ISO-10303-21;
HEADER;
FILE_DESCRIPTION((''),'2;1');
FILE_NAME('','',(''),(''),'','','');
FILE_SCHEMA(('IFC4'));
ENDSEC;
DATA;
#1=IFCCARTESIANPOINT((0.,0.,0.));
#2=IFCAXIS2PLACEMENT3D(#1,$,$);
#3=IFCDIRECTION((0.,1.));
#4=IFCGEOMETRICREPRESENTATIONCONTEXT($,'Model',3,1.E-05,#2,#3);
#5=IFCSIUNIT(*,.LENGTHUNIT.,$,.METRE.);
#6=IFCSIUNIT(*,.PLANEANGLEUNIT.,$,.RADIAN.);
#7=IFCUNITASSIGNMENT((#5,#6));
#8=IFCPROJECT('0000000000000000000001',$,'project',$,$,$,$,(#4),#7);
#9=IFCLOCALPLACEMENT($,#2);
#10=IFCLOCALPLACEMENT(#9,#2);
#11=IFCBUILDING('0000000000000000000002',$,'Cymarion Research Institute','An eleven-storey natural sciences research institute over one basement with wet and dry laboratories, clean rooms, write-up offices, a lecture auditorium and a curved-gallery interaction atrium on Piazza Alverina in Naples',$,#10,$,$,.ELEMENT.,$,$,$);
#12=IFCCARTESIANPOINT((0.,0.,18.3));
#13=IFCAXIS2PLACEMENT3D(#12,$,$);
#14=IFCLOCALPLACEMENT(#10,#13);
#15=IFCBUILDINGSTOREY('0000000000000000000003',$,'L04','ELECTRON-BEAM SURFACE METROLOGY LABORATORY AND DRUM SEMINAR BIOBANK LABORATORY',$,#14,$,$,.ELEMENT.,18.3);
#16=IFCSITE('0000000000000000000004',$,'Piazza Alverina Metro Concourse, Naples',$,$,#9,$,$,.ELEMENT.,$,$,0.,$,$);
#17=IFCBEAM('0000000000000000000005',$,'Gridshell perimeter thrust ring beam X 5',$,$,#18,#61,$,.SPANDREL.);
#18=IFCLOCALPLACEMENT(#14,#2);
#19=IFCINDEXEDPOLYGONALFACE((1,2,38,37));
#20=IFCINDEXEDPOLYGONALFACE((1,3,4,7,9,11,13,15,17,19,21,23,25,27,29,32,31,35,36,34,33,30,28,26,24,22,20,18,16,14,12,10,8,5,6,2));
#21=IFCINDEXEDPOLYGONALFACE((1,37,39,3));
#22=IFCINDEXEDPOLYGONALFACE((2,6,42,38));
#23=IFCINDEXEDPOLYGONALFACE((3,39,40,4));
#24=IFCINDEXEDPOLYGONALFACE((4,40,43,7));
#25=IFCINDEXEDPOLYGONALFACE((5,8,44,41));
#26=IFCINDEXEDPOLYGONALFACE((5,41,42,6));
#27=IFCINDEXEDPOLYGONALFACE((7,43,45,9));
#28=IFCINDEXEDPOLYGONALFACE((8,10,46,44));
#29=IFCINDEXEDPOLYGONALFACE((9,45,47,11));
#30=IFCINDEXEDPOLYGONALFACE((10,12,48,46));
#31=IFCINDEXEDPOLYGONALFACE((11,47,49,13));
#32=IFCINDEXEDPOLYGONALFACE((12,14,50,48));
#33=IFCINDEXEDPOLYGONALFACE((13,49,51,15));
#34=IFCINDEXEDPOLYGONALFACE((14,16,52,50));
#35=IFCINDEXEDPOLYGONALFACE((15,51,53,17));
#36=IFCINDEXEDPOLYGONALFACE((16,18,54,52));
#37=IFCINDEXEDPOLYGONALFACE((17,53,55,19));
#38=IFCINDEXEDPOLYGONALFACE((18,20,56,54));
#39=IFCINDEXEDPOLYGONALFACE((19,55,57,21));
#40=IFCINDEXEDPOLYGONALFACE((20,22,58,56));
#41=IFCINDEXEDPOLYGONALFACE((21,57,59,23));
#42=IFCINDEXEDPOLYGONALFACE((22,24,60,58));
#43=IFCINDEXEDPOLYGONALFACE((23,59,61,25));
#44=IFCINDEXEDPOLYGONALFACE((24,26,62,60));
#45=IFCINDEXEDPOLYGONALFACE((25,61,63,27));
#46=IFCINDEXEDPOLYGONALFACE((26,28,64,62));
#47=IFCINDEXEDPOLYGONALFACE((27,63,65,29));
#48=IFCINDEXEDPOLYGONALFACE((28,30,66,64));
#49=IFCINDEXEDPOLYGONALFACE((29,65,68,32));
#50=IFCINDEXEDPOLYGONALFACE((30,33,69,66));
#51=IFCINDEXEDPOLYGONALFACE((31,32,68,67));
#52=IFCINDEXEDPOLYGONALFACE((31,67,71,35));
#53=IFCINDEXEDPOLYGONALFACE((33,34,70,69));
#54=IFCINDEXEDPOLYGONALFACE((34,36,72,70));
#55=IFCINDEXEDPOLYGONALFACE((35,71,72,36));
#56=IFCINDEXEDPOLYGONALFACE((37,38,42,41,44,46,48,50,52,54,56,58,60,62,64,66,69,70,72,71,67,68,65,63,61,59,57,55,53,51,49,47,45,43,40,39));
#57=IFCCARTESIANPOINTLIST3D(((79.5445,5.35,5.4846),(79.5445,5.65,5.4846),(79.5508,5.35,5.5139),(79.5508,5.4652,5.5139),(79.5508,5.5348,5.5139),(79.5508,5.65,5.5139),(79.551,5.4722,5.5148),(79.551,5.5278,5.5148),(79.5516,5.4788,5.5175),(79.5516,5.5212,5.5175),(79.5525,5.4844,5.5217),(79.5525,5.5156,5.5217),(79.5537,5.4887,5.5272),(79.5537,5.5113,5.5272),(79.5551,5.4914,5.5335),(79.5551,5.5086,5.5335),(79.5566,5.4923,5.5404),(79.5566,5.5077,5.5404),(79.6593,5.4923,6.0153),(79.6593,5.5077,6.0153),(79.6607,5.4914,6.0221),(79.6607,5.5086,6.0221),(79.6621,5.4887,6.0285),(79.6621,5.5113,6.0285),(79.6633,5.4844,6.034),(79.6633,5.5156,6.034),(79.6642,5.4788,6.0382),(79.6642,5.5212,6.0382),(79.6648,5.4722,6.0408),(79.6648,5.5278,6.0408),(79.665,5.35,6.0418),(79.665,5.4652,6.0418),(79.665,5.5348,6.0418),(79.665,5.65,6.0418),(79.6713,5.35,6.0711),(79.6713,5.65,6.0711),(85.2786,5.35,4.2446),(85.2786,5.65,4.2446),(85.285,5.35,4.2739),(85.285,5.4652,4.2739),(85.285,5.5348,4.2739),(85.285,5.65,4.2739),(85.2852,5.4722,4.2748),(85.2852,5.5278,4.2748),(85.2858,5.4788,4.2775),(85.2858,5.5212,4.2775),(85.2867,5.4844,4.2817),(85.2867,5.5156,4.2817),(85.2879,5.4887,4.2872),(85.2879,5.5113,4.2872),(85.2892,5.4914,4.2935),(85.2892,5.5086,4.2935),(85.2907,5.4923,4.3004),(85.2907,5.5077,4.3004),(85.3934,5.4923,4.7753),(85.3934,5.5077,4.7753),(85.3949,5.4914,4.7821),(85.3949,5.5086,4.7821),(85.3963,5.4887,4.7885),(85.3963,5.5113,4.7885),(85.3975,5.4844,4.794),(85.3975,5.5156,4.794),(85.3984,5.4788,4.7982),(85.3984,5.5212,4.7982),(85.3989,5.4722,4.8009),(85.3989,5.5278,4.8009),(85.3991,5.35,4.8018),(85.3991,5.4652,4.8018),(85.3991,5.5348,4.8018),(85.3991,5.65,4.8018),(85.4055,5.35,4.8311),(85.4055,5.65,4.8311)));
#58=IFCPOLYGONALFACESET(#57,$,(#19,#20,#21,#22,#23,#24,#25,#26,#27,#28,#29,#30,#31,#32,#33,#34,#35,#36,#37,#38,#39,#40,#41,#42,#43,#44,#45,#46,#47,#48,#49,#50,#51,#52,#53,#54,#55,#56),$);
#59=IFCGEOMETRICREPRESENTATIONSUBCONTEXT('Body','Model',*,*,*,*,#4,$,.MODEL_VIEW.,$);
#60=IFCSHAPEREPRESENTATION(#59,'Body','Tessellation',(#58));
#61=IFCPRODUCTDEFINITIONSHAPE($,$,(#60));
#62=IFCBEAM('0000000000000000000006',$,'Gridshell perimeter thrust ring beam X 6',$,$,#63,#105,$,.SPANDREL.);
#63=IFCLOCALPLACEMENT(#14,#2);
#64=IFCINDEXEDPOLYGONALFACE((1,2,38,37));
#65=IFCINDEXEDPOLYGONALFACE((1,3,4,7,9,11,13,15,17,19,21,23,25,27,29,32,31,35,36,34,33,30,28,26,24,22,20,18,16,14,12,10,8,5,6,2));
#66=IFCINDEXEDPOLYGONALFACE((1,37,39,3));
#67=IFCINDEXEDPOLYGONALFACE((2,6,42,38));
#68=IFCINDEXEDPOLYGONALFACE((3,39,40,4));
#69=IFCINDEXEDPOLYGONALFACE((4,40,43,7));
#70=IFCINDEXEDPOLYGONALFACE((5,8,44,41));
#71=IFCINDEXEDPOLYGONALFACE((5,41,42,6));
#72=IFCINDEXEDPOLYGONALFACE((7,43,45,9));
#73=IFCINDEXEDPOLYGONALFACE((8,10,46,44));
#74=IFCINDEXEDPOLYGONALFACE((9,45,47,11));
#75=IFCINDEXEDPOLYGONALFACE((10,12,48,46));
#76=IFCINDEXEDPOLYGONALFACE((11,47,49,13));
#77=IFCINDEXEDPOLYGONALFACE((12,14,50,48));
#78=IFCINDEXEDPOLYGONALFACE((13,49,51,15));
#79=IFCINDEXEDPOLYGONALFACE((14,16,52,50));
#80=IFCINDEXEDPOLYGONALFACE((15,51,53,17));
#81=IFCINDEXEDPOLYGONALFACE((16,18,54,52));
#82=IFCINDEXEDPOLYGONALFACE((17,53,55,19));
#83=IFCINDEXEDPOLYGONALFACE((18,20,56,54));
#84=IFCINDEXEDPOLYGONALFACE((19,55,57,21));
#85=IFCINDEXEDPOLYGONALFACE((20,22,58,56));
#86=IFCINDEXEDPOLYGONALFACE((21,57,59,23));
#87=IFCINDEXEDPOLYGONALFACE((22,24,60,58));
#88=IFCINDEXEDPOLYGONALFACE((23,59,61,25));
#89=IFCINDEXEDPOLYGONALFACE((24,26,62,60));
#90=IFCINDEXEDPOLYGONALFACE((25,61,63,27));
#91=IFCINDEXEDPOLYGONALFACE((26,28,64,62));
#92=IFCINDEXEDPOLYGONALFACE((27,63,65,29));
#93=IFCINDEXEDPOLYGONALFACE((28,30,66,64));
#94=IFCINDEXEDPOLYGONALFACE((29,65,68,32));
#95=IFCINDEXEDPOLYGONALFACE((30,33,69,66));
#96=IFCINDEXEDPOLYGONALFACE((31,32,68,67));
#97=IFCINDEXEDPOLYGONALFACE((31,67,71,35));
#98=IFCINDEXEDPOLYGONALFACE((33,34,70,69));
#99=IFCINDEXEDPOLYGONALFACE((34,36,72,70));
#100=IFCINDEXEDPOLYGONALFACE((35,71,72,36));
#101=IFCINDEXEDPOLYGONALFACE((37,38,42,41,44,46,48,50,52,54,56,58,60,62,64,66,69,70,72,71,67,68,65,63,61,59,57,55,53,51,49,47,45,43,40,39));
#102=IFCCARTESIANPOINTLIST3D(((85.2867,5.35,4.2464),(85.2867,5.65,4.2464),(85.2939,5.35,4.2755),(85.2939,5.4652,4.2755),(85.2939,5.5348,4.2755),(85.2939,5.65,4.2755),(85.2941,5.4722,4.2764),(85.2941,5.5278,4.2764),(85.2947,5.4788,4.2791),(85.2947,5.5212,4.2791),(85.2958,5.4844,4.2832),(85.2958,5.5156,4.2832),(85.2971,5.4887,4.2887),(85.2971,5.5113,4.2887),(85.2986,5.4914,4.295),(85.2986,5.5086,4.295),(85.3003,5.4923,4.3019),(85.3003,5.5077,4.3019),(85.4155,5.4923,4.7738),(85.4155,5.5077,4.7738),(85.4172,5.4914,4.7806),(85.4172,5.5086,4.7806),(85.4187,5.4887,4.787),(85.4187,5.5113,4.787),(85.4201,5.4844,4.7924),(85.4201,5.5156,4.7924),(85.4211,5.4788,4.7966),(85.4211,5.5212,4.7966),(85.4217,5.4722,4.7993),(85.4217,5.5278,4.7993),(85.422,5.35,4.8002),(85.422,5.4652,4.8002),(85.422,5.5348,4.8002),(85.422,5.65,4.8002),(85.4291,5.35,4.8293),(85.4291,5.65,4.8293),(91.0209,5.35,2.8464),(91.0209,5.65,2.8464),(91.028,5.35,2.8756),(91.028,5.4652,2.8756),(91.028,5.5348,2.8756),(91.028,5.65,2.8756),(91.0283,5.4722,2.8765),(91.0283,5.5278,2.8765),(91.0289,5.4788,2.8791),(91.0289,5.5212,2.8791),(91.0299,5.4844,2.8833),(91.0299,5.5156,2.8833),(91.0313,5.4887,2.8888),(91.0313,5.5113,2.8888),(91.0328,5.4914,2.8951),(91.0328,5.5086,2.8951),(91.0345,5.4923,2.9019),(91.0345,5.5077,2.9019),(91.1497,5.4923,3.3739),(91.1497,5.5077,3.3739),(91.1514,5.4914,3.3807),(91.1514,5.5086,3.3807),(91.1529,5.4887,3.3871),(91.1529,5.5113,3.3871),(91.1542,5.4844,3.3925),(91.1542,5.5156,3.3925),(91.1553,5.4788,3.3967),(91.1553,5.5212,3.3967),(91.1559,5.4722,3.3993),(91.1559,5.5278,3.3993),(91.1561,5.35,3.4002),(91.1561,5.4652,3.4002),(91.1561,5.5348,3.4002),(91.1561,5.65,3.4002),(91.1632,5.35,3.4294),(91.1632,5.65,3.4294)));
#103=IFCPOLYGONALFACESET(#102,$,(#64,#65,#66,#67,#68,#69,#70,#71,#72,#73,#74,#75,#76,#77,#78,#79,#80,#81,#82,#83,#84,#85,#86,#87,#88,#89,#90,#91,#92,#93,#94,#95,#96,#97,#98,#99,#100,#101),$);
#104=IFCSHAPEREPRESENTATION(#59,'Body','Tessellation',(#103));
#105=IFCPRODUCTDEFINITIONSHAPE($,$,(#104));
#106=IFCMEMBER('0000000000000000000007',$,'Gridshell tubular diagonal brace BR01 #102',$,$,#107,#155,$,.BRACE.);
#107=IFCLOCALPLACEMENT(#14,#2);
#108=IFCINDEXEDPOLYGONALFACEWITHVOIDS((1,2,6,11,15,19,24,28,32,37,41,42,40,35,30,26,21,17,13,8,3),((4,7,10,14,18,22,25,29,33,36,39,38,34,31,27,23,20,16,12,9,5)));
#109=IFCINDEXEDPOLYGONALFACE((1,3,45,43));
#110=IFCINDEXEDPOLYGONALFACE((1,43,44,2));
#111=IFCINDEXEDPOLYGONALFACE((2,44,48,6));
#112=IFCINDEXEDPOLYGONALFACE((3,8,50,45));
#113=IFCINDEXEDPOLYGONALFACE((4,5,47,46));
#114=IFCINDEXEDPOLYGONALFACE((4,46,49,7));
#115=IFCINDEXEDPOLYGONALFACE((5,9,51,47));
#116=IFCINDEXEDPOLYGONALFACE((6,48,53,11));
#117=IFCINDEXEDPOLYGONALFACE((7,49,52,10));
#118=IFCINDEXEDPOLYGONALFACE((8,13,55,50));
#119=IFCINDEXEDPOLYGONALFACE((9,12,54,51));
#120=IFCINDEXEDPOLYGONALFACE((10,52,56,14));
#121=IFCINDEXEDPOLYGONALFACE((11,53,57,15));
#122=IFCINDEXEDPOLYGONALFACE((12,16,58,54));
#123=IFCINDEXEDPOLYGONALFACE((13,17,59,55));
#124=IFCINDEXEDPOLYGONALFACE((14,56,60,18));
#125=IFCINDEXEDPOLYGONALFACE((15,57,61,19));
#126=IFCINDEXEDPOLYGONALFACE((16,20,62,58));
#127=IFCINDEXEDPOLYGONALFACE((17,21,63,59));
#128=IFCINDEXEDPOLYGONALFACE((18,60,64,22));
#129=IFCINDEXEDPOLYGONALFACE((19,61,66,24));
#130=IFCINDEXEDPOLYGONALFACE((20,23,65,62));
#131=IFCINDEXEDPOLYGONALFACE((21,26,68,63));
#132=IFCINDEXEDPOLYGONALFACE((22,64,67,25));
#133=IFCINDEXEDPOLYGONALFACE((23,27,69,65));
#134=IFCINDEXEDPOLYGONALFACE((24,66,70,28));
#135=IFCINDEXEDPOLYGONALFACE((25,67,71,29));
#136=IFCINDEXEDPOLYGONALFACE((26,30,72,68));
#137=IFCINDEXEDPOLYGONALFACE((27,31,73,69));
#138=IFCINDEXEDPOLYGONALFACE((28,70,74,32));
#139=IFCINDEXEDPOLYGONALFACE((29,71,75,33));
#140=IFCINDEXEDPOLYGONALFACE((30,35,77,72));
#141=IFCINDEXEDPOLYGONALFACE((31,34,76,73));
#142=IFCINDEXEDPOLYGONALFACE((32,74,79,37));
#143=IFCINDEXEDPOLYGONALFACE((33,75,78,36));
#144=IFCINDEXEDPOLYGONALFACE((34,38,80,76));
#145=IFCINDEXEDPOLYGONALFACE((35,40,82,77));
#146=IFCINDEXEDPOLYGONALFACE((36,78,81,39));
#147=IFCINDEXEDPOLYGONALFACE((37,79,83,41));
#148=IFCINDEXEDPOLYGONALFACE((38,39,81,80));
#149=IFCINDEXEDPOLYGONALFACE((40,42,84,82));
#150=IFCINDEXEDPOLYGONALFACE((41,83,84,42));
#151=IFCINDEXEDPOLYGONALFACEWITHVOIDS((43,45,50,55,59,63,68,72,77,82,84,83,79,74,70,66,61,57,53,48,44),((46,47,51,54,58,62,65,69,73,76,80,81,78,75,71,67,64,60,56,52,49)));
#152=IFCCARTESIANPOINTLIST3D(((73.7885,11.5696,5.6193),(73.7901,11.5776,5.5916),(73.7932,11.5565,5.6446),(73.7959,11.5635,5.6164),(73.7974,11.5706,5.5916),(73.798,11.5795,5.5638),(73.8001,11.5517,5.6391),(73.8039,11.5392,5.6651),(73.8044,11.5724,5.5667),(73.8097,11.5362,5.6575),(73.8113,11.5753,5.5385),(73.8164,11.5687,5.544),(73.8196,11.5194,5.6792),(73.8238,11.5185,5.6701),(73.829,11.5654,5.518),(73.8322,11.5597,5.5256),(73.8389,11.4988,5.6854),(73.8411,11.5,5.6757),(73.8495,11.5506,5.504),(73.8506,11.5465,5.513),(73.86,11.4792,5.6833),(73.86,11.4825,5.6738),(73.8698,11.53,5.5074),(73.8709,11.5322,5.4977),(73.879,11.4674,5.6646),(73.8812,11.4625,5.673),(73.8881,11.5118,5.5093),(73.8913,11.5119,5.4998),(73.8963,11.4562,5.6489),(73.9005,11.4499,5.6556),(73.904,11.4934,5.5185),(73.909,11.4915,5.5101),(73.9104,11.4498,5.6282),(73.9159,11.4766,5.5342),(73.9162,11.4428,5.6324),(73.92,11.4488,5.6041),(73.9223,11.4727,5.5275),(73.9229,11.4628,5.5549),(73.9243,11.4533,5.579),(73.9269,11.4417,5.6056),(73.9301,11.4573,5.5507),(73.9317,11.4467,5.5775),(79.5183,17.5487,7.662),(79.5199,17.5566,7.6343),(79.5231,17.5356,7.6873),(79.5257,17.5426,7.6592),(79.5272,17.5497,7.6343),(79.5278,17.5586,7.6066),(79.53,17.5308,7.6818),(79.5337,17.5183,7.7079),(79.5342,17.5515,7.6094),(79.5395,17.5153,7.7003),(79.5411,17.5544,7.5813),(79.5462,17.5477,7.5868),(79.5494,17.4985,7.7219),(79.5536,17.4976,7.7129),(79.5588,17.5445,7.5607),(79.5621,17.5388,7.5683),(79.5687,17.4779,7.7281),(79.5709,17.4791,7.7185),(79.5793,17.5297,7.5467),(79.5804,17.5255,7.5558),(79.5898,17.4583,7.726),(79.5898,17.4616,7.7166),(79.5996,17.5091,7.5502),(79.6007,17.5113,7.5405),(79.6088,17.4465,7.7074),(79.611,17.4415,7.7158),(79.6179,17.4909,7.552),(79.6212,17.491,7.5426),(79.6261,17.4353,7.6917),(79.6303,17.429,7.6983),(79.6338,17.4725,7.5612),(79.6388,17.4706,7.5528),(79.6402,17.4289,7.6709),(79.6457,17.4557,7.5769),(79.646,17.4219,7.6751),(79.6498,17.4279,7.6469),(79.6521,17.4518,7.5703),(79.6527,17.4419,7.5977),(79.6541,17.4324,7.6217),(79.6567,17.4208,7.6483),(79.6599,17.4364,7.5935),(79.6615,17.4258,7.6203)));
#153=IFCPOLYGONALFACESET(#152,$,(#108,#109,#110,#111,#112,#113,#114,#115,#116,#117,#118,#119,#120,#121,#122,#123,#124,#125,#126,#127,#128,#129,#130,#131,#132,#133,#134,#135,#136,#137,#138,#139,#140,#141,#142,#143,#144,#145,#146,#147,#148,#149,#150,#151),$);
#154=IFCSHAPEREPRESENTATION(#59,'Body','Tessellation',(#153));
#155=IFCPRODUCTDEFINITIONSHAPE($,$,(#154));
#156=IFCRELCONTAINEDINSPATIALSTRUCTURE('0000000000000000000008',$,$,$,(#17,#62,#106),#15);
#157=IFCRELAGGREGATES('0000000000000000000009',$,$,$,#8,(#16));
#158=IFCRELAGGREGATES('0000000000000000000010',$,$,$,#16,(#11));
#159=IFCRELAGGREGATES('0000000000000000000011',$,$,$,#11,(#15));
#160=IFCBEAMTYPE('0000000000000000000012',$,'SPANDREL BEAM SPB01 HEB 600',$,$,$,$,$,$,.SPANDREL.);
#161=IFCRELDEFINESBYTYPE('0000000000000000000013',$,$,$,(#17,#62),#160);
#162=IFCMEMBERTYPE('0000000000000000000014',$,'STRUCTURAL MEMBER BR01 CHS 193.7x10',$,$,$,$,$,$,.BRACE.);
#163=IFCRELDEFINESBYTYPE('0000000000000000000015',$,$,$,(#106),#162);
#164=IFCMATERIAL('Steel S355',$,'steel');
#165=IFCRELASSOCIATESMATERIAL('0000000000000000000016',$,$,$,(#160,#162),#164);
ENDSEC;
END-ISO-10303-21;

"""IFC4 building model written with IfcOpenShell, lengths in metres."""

from ifc_helpers import new_model, si_unit, direction, frame, origin, origin_2d, place, context, subcontext, project, spatial, hollow_circle, i_section, extrude, material, material_profile, profile_set, type_object, element, save


model = new_model("IFC4")

# Units and contexts
model_context = context("Model", 3, precision=1e-05, world=origin(), true_north=direction((0.0, 1.0)))
body_context = subcontext(model_context, "Body", "Model", "MODEL_VIEW")
ifc_project = project(units=[si_unit("LENGTHUNIT", "METRE"), si_unit("PLANEANGLEUNIT", "RADIAN")], contexts=[model_context])

# Site, building, storey
site_placement = place(None, origin())
site = spatial("IfcSite", under=ifc_project, at=site_placement, Name="Piazza Alverina Metro Concourse, Naples", CompositionType="ELEMENT", RefElevation=0.0)
building_placement = place(site_placement, origin())
building = spatial("IfcBuilding", under=site, at=building_placement, Name="Cymarion Research Institute", Description="An eleven-storey natural sciences research institute over one basement with wet and dry laboratories, clean rooms, write-up offices, a lecture auditorium and a curved-gallery interaction atrium on Piazza Alverina in Naples", CompositionType="ELEMENT")
storey_placement = place(building_placement, frame((0.0, 0.0, 18.3)))
storey = spatial("IfcBuildingStorey", under=building, at=storey_placement, Name="L04", Description="ELECTRON-BEAM SURFACE METROLOGY LABORATORY AND DRUM SEMINAR BIOBANK LABORATORY", CompositionType="ELEMENT", Elevation=18.3)

# Beams
ifc_material_1 = material(Name="Steel S355", Category="steel")
ifc_material_profile_1 = material_profile(ifc_material_1, i_section(OverallWidth=0.3, OverallDepth=0.6001, WebThickness=0.0154, FlangeThickness=0.03, FilletRadius=0.0271, at=origin_2d()), Name="HEB 600")
ifc_profile_set_1 = profile_set([ifc_material_profile_1], Name="Steel S355")
beam_type = type_object("IfcBeamType", Name="SPANDREL BEAM SPB01 HEB 600", PredefinedType="SPANDREL", material=ifc_profile_set_1)
beam_1_placement = place(storey_placement, frame((79.6079, 5.5, 5.7778), z_axis=(0.977408, 0.0, -0.211362), x_axis=(0.0, 1.0, 0.0)))
element("IfcBeam", 1, at=beam_1_placement, inside=storey, type_object=beam_type, Name="Gridshell perimeter thrust ring beam X 5", PredefinedType="SPANDREL", context=body_context, shape_type="SweptSolid", body=[
    extrude(i_section(OverallWidth=0.3, OverallDepth=0.6001, WebThickness=0.0154, FlangeThickness=0.03, FilletRadius=0.0271, at=origin_2d()), origin(), (0.0, 0.0, 1.0), 5.8667),
])
beam_2_placement = place(storey_placement, frame((85.3579, 5.5, 4.5378), z_axis=(0.971468, 0.0, -0.237169), x_axis=(0.0, 1.0, 0.0)))
element("IfcBeam", 2, at=beam_2_placement, inside=storey, type_object=beam_type, Name="Gridshell perimeter thrust ring beam X 6", PredefinedType="SPANDREL", context=body_context, shape_type="SweptSolid", body=[
    extrude(i_section(OverallWidth=0.3, OverallDepth=0.6001, WebThickness=0.0154, FlangeThickness=0.03, FilletRadius=0.0271, at=origin_2d()), origin(), (0.0, 0.0, 1.0), 5.9026),
])

# Member
ifc_material_profile_2 = material_profile(ifc_material_1, hollow_circle(Radius=0.0969, WallThickness=0.01, at=origin_2d()), Name="CHS 193.7x10")
ifc_profile_set_2 = profile_set([ifc_material_profile_2], Name="Steel S355")
member_type_1 = type_object("IfcMemberType", Name="STRUCTURAL MEMBER BR01 CHS 193.7x10", PredefinedType="BRACE", material=ifc_profile_set_2)
member_1_placement = place(storey_placement, frame((73.8601, 11.5105, 5.5916), z_axis=(0.671761, 0.700986, 0.239491), x_axis=(-0.721997, 0.691896, 0.0)))
element("IfcMember", 3, at=member_1_placement, inside=storey, type_object=member_type_1, Name="Gridshell tubular diagonal brace BR01 #102", PredefinedType="BRACE", context=body_context, shape_type="SweptSolid", body=[
    extrude(hollow_circle(Radius=0.0969, WallThickness=0.01, at=origin_2d()), origin(), (0.0, 0.0, 1.0), 8.5295),
])

save(model, "model.ifc")
